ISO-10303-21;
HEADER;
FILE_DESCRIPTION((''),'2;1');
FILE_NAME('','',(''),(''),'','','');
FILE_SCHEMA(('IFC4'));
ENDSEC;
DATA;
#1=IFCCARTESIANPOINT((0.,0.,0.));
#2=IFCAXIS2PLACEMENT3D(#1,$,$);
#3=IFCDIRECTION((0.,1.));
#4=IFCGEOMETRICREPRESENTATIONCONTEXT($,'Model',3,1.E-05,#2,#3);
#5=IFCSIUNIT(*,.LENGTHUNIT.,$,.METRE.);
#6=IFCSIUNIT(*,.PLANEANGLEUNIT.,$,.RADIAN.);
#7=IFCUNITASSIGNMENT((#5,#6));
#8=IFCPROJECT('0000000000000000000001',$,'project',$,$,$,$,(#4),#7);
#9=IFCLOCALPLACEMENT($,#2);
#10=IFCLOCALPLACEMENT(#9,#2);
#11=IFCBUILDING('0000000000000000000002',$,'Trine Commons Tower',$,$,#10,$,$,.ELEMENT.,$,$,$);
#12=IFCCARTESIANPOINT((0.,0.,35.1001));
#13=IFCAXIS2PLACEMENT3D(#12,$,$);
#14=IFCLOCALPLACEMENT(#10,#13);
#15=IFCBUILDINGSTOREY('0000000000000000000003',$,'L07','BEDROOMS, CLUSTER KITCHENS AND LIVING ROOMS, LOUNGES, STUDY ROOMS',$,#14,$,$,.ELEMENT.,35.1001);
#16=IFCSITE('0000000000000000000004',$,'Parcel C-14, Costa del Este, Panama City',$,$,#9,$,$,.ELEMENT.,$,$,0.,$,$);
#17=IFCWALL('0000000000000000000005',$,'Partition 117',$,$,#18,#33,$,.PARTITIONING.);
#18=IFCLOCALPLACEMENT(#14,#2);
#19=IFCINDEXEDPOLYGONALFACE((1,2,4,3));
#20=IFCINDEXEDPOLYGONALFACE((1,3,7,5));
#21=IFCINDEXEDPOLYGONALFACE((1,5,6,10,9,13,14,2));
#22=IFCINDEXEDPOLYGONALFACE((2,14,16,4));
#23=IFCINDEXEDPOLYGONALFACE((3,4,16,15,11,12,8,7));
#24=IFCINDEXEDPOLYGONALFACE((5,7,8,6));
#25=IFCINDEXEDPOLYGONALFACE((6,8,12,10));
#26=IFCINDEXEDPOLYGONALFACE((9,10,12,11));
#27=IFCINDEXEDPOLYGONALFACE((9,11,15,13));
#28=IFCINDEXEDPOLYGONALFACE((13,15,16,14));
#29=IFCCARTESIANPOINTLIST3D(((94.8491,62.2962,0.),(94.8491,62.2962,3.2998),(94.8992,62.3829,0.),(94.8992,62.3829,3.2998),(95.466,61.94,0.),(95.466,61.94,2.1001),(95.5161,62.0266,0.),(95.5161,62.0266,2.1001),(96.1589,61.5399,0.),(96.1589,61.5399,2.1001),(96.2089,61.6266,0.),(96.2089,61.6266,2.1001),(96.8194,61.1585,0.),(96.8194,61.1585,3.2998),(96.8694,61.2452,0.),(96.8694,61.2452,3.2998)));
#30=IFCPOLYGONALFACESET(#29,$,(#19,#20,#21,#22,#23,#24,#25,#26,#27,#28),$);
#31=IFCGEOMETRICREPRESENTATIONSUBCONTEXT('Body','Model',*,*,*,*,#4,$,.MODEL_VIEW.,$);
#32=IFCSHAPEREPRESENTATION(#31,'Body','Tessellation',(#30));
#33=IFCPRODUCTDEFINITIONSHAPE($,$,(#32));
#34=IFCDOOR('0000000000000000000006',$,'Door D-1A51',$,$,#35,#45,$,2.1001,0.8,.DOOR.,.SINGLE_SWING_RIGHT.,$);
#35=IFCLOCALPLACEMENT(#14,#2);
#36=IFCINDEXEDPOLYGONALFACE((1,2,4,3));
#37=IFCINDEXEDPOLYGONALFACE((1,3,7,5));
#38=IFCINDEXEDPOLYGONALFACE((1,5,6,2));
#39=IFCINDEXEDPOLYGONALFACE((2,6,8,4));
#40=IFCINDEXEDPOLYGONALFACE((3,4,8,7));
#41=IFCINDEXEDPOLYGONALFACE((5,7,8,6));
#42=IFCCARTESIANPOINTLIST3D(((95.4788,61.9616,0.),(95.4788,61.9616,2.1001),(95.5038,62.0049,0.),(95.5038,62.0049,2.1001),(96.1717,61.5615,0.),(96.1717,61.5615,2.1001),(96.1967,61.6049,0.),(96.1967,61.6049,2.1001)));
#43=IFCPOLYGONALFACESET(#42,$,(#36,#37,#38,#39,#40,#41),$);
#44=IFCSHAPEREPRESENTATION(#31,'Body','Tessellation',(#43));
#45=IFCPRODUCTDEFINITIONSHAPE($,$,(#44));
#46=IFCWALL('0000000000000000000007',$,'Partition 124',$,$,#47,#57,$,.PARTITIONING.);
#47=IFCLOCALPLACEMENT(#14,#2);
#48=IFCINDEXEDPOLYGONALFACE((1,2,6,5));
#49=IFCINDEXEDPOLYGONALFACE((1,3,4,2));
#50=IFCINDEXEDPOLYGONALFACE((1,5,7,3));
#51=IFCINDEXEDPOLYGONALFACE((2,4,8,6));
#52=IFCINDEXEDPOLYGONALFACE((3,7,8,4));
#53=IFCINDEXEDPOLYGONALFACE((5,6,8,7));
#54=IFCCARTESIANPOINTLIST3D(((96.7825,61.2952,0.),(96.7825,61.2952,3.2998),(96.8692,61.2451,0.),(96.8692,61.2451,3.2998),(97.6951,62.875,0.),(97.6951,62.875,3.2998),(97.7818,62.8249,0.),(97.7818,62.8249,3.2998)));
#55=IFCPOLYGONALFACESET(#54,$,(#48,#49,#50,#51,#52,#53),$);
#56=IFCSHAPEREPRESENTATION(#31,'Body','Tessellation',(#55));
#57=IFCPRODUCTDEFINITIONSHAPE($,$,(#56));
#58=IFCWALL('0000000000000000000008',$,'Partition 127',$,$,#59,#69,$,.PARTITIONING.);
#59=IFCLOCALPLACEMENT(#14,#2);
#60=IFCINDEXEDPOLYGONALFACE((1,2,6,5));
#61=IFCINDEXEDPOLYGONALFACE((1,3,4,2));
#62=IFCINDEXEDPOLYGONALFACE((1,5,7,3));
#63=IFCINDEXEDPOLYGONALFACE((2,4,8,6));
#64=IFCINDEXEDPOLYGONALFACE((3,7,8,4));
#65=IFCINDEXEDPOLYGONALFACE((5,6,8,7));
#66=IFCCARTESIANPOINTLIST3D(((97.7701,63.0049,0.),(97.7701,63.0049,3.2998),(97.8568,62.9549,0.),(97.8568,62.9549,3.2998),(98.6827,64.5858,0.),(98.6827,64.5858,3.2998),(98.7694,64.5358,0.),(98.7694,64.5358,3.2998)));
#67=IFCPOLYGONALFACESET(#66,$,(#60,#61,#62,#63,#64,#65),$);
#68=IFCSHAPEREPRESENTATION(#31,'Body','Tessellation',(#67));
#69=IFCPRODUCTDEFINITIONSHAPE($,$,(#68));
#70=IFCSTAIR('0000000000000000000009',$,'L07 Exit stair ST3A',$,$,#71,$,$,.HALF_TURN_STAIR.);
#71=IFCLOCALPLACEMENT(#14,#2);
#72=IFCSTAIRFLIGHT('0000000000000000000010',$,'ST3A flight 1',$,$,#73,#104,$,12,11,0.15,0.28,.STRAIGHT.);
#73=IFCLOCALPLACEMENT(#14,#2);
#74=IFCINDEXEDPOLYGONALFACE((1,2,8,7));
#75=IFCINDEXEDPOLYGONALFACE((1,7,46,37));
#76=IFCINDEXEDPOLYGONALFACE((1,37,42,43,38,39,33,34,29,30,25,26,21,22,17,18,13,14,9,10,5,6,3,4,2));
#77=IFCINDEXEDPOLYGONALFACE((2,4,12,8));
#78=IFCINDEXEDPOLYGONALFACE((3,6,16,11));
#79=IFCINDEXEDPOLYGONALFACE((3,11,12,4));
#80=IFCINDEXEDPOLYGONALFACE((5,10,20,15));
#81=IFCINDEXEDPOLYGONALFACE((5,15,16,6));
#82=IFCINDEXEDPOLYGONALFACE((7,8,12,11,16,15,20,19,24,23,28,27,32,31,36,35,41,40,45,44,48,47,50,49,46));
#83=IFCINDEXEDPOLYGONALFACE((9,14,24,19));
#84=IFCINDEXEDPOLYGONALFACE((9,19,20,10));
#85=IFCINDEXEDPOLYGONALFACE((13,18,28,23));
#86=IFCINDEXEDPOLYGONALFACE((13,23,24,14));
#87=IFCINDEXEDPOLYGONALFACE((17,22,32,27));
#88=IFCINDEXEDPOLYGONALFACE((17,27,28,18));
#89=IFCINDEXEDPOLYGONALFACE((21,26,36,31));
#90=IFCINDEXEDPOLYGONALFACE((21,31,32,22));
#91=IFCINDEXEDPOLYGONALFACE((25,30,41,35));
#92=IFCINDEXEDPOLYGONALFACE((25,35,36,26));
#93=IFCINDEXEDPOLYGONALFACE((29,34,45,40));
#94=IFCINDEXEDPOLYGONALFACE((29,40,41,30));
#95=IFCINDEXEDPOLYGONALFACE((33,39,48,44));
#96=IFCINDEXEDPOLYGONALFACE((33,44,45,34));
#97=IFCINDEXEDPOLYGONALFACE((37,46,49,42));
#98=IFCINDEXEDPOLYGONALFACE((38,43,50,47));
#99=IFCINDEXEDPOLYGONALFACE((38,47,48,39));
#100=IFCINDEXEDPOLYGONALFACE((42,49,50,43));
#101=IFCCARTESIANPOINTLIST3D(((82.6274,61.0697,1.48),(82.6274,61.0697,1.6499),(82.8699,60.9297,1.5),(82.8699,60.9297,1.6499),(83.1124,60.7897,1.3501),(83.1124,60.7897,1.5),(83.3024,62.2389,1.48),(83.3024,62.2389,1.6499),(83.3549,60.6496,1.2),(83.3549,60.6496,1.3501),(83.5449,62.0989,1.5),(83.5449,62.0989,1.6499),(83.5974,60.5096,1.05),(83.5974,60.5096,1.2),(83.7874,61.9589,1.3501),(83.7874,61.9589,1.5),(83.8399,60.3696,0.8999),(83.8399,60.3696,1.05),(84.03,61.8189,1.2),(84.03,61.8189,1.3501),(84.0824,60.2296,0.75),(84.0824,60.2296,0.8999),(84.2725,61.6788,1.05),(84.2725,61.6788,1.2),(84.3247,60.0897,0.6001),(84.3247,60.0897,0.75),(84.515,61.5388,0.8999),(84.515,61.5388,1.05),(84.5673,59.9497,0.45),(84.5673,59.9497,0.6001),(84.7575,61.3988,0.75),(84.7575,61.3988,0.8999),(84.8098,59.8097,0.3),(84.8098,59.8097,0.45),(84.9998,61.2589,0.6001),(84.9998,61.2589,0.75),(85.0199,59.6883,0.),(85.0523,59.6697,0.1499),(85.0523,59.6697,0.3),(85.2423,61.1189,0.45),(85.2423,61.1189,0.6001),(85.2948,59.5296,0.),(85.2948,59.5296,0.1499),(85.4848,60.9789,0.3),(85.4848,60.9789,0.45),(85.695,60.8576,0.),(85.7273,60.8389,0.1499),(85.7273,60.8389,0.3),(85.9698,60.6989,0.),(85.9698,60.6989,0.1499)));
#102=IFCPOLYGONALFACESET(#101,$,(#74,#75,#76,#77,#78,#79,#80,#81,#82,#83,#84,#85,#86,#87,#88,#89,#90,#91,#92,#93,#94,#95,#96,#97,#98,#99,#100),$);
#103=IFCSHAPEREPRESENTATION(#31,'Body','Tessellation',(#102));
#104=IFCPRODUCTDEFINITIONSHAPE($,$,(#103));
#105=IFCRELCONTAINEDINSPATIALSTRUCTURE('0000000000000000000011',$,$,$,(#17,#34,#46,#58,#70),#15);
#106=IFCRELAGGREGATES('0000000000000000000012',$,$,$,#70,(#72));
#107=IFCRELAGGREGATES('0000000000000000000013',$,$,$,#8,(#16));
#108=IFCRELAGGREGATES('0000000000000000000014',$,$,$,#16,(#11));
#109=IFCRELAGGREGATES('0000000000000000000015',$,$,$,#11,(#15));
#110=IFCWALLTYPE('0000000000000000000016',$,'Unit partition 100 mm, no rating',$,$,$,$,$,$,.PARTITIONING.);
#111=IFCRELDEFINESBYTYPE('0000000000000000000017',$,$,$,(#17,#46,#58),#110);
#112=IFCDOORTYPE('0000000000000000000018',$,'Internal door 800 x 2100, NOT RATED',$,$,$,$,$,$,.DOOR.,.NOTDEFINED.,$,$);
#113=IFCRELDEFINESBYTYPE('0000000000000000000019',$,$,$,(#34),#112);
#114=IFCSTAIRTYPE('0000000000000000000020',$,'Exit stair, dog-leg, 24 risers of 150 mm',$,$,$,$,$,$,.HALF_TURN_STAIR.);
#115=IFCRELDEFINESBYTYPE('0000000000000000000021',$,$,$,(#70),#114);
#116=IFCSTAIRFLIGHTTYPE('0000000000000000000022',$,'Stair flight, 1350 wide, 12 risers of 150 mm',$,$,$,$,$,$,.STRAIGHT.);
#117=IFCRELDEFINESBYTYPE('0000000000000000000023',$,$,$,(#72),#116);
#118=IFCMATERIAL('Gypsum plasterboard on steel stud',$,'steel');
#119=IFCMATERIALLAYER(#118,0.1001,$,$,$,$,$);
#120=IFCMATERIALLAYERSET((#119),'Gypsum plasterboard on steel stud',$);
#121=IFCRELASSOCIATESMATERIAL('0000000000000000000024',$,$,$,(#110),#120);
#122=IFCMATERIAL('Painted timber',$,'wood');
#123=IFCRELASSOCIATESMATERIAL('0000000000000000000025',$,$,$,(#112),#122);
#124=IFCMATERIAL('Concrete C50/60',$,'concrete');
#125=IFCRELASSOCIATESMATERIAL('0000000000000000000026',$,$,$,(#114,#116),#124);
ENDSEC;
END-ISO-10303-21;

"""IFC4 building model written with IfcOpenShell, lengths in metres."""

from ifc_helpers import new_model, si_unit, direction, frame, frame_2d, origin, place, context, subcontext, project, spatial, polyline, rectangle, outline, extrude, material, layer, layer_set, type_object, element, fill, aggregate, save


model = new_model("IFC4")

# Units and contexts
model_context = context("Model", 3, precision=1e-05, world=origin(), true_north=direction((0.0, 1.0)))
body_context = subcontext(model_context, "Body", "Model", "MODEL_VIEW")
ifc_project = project(units=[si_unit("LENGTHUNIT", "METRE"), si_unit("PLANEANGLEUNIT", "RADIAN")], contexts=[model_context])

# Site, building, storey
site_placement = place(None, origin())
site = spatial("IfcSite", under=ifc_project, at=site_placement, Name="Parcel C-14, Costa del Este, Panama City", CompositionType="ELEMENT", RefElevation=0.0)
building_placement = place(site_placement, origin())
building = spatial("IfcBuilding", under=site, at=building_placement, Name="Trine Commons Tower", CompositionType="ELEMENT")
storey_placement = place(building_placement, frame((0.0, 0.0, 35.1001)))
storey = spatial("IfcBuildingStorey", under=building, at=storey_placement, Name="L07", Description="BEDROOMS, CLUSTER KITCHENS AND LIVING ROOMS, LOUNGES, STUDY ROOMS", CompositionType="ELEMENT", Elevation=35.1001)

# Shared definitions
ifc_material_1 = material(Name="Concrete C50/60", Category="concrete")

# Shared definitions
ifc_material_2 = material(Name="Gypsum plasterboard on steel stud", Category="steel")

# Shared definitions
ifc_material_3 = material(Name="Painted timber", Category="wood")

# Wall, opening, door
ifc_layer_1 = layer(ifc_material_2, 0.1001)
ifc_layer_set_1 = layer_set([ifc_layer_1], Name="Gypsum plasterboard on steel stud")
wall_type_1 = type_object("IfcWallType", Name="Unit partition 100 mm, no rating", PredefinedType="PARTITIONING", material=ifc_layer_set_1)
door_type_1 = type_object("IfcDoorType", Name="Internal door 800 x 2100, NOT RATED", OperationType="NOTDEFINED", PredefinedType="DOOR", material=ifc_material_3)
wall_1_placement = place(storey_placement, frame((94.874, 62.3396, 0.0), z_axis=(0.0, 0.0, 1.0), x_axis=(0.865989, -0.500063, 0.0)))
wall_1 = element("IfcWall", 1, at=wall_1_placement, inside=storey, type_object=wall_type_1, Name="Partition 117", PredefinedType="PARTITIONING", context=body_context, shape_type="SweptSolid", body=[
    extrude(rectangle(XDim=2.2751, YDim=0.1001, at=frame_2d((1.1377, 0.0))), origin(), (0.0, 0.0, 1.0), 3.2998),
])
opening_1_placement = place(wall_1_placement, frame((0.7126, 0.0, 0.0)))
opening_1 = element("IfcOpeningElement", 2, at=opening_1_placement, cuts=wall_1, PredefinedType="OPENING", context=body_context, shape_type="SweptSolid", body=[
    extrude(rectangle(XDim=0.8, YDim=2.1001, at=frame_2d((0.3999, 1.05))), frame((0.0, 0.0601, 0.0), z_axis=(0.0, -1.0, 0.0), x_axis=(1.0, 0.0, 0.0)), (0.0, 0.0, 1.0), 0.1201),
])
door_1_placement = place(opening_1_placement, frame((0.8, 0.0, 0.0), z_axis=(0.0, 0.0, 1.0), x_axis=(-1.0, 0.0, 0.0)))
door_1 = element("IfcDoor", 3, at=door_1_placement, inside=storey, type_object=door_type_1, Name="Door D-1A51", OperationType="SINGLE_SWING_RIGHT", OverallHeight=2.1001, OverallWidth=0.8, PredefinedType="DOOR", context=body_context, shape_type="SweptSolid", body=[
    extrude(rectangle(XDim=0.8, YDim=2.1001, at=frame_2d((0.3999, 1.05))), frame((0.0, 0.0249, 0.0), z_axis=(0.0, -1.0, 0.0), x_axis=(1.0, 0.0, 0.0)), (0.0, 0.0, 1.0), 0.05),
])
fill(opening_1, door_1)

# Walls
wall_2_placement = place(storey_placement, frame((96.8259, 61.2703, 0.0), z_axis=(0.0, 0.0, 1.0), x_axis=(0.500197, 0.865911, 0.0)))
element("IfcWall", 4, at=wall_2_placement, inside=storey, type_object=wall_type_1, Name="Partition 124", PredefinedType="PARTITIONING", context=body_context, shape_type="SweptSolid", body=[
    extrude(rectangle(XDim=1.8245, YDim=0.1001, at=frame_2d((0.9121, 0.0))), origin(), (0.0, 0.0, 1.0), 3.2998),
])
wall_3_placement = place(storey_placement, frame((97.8135, 62.98, 0.0), z_axis=(0.0, 0.0, 1.0), x_axis=(0.499966, 0.866045, 0.0)))
element("IfcWall", 5, at=wall_3_placement, inside=storey, type_object=wall_type_1, Name="Partition 127", PredefinedType="PARTITIONING", context=body_context, shape_type="SweptSolid", body=[
    extrude(rectangle(XDim=1.8254, YDim=0.1001, at=frame_2d((0.9126, 0.0))), origin(), (0.0, 0.0, 1.0), 3.2998),
])

# Stair, stair flight
stair_type = type_object("IfcStairType", Name="Exit stair, dog-leg, 24 risers of 150 mm", PredefinedType="HALF_TURN_STAIR", material=ifc_material_1)
stair_placement = place(storey_placement, origin())
stair = element("IfcStair", 6, at=stair_placement, inside=storey, type_object=stair_type, Name="L07 Exit stair ST3A", PredefinedType="HALF_TURN_STAIR")
stair_flight_type = type_object("IfcStairFlightType", Name="Stair flight, 1350 wide, 12 risers of 150 mm", PredefinedType="STRAIGHT", material=ifc_material_1)
stair_flight_placement = place(storey_placement, frame((85.6323, 60.1143, 0.0), z_axis=(0.0, 0.0, 1.0), x_axis=(-0.866025, 0.5, 0.0)))
stair_flight = element("IfcStairFlight", 7, at=stair_flight_placement, type_object=stair_flight_type, Name="ST3A flight 1", NumberOfRisers=12, NumberOfTreads=11, PredefinedType="STRAIGHT", RiserHeight=0.15, TreadLength=0.28, context=body_context, shape_type="SweptSolid", body=[
    extrude(outline(polyline([(0.0, 0.0), (0.0, 0.1499), (0.28, 0.1499), (0.28, 0.3), (0.5601, 0.3), (0.5601, 0.45), (0.8401, 0.45), (0.8401, 0.6001), (1.1201, 0.6001), (1.1201, 0.75), (1.3999, 0.75), (1.3999, 0.8999), (1.6799, 0.8999), (1.6799, 1.05), (1.96, 1.05), (1.96, 1.2), (2.24, 1.2), (2.24, 1.3501), (2.52, 1.3501), (2.52, 1.5), (2.8, 1.5), (2.8, 1.6499), (3.0801, 1.6499), (3.0801, 1.8), (3.0801, 1.48), (0.3174, 0.0), (0.0, 0.0)])), frame((0.0, 0.675, 0.0), z_axis=(0.0, -1.0, 0.0), x_axis=(1.0, 0.0, 0.0)), (0.0, 0.0, 1.0), 1.3501),
])
aggregate(stair, [stair_flight])

save(model, "model.ifc")
